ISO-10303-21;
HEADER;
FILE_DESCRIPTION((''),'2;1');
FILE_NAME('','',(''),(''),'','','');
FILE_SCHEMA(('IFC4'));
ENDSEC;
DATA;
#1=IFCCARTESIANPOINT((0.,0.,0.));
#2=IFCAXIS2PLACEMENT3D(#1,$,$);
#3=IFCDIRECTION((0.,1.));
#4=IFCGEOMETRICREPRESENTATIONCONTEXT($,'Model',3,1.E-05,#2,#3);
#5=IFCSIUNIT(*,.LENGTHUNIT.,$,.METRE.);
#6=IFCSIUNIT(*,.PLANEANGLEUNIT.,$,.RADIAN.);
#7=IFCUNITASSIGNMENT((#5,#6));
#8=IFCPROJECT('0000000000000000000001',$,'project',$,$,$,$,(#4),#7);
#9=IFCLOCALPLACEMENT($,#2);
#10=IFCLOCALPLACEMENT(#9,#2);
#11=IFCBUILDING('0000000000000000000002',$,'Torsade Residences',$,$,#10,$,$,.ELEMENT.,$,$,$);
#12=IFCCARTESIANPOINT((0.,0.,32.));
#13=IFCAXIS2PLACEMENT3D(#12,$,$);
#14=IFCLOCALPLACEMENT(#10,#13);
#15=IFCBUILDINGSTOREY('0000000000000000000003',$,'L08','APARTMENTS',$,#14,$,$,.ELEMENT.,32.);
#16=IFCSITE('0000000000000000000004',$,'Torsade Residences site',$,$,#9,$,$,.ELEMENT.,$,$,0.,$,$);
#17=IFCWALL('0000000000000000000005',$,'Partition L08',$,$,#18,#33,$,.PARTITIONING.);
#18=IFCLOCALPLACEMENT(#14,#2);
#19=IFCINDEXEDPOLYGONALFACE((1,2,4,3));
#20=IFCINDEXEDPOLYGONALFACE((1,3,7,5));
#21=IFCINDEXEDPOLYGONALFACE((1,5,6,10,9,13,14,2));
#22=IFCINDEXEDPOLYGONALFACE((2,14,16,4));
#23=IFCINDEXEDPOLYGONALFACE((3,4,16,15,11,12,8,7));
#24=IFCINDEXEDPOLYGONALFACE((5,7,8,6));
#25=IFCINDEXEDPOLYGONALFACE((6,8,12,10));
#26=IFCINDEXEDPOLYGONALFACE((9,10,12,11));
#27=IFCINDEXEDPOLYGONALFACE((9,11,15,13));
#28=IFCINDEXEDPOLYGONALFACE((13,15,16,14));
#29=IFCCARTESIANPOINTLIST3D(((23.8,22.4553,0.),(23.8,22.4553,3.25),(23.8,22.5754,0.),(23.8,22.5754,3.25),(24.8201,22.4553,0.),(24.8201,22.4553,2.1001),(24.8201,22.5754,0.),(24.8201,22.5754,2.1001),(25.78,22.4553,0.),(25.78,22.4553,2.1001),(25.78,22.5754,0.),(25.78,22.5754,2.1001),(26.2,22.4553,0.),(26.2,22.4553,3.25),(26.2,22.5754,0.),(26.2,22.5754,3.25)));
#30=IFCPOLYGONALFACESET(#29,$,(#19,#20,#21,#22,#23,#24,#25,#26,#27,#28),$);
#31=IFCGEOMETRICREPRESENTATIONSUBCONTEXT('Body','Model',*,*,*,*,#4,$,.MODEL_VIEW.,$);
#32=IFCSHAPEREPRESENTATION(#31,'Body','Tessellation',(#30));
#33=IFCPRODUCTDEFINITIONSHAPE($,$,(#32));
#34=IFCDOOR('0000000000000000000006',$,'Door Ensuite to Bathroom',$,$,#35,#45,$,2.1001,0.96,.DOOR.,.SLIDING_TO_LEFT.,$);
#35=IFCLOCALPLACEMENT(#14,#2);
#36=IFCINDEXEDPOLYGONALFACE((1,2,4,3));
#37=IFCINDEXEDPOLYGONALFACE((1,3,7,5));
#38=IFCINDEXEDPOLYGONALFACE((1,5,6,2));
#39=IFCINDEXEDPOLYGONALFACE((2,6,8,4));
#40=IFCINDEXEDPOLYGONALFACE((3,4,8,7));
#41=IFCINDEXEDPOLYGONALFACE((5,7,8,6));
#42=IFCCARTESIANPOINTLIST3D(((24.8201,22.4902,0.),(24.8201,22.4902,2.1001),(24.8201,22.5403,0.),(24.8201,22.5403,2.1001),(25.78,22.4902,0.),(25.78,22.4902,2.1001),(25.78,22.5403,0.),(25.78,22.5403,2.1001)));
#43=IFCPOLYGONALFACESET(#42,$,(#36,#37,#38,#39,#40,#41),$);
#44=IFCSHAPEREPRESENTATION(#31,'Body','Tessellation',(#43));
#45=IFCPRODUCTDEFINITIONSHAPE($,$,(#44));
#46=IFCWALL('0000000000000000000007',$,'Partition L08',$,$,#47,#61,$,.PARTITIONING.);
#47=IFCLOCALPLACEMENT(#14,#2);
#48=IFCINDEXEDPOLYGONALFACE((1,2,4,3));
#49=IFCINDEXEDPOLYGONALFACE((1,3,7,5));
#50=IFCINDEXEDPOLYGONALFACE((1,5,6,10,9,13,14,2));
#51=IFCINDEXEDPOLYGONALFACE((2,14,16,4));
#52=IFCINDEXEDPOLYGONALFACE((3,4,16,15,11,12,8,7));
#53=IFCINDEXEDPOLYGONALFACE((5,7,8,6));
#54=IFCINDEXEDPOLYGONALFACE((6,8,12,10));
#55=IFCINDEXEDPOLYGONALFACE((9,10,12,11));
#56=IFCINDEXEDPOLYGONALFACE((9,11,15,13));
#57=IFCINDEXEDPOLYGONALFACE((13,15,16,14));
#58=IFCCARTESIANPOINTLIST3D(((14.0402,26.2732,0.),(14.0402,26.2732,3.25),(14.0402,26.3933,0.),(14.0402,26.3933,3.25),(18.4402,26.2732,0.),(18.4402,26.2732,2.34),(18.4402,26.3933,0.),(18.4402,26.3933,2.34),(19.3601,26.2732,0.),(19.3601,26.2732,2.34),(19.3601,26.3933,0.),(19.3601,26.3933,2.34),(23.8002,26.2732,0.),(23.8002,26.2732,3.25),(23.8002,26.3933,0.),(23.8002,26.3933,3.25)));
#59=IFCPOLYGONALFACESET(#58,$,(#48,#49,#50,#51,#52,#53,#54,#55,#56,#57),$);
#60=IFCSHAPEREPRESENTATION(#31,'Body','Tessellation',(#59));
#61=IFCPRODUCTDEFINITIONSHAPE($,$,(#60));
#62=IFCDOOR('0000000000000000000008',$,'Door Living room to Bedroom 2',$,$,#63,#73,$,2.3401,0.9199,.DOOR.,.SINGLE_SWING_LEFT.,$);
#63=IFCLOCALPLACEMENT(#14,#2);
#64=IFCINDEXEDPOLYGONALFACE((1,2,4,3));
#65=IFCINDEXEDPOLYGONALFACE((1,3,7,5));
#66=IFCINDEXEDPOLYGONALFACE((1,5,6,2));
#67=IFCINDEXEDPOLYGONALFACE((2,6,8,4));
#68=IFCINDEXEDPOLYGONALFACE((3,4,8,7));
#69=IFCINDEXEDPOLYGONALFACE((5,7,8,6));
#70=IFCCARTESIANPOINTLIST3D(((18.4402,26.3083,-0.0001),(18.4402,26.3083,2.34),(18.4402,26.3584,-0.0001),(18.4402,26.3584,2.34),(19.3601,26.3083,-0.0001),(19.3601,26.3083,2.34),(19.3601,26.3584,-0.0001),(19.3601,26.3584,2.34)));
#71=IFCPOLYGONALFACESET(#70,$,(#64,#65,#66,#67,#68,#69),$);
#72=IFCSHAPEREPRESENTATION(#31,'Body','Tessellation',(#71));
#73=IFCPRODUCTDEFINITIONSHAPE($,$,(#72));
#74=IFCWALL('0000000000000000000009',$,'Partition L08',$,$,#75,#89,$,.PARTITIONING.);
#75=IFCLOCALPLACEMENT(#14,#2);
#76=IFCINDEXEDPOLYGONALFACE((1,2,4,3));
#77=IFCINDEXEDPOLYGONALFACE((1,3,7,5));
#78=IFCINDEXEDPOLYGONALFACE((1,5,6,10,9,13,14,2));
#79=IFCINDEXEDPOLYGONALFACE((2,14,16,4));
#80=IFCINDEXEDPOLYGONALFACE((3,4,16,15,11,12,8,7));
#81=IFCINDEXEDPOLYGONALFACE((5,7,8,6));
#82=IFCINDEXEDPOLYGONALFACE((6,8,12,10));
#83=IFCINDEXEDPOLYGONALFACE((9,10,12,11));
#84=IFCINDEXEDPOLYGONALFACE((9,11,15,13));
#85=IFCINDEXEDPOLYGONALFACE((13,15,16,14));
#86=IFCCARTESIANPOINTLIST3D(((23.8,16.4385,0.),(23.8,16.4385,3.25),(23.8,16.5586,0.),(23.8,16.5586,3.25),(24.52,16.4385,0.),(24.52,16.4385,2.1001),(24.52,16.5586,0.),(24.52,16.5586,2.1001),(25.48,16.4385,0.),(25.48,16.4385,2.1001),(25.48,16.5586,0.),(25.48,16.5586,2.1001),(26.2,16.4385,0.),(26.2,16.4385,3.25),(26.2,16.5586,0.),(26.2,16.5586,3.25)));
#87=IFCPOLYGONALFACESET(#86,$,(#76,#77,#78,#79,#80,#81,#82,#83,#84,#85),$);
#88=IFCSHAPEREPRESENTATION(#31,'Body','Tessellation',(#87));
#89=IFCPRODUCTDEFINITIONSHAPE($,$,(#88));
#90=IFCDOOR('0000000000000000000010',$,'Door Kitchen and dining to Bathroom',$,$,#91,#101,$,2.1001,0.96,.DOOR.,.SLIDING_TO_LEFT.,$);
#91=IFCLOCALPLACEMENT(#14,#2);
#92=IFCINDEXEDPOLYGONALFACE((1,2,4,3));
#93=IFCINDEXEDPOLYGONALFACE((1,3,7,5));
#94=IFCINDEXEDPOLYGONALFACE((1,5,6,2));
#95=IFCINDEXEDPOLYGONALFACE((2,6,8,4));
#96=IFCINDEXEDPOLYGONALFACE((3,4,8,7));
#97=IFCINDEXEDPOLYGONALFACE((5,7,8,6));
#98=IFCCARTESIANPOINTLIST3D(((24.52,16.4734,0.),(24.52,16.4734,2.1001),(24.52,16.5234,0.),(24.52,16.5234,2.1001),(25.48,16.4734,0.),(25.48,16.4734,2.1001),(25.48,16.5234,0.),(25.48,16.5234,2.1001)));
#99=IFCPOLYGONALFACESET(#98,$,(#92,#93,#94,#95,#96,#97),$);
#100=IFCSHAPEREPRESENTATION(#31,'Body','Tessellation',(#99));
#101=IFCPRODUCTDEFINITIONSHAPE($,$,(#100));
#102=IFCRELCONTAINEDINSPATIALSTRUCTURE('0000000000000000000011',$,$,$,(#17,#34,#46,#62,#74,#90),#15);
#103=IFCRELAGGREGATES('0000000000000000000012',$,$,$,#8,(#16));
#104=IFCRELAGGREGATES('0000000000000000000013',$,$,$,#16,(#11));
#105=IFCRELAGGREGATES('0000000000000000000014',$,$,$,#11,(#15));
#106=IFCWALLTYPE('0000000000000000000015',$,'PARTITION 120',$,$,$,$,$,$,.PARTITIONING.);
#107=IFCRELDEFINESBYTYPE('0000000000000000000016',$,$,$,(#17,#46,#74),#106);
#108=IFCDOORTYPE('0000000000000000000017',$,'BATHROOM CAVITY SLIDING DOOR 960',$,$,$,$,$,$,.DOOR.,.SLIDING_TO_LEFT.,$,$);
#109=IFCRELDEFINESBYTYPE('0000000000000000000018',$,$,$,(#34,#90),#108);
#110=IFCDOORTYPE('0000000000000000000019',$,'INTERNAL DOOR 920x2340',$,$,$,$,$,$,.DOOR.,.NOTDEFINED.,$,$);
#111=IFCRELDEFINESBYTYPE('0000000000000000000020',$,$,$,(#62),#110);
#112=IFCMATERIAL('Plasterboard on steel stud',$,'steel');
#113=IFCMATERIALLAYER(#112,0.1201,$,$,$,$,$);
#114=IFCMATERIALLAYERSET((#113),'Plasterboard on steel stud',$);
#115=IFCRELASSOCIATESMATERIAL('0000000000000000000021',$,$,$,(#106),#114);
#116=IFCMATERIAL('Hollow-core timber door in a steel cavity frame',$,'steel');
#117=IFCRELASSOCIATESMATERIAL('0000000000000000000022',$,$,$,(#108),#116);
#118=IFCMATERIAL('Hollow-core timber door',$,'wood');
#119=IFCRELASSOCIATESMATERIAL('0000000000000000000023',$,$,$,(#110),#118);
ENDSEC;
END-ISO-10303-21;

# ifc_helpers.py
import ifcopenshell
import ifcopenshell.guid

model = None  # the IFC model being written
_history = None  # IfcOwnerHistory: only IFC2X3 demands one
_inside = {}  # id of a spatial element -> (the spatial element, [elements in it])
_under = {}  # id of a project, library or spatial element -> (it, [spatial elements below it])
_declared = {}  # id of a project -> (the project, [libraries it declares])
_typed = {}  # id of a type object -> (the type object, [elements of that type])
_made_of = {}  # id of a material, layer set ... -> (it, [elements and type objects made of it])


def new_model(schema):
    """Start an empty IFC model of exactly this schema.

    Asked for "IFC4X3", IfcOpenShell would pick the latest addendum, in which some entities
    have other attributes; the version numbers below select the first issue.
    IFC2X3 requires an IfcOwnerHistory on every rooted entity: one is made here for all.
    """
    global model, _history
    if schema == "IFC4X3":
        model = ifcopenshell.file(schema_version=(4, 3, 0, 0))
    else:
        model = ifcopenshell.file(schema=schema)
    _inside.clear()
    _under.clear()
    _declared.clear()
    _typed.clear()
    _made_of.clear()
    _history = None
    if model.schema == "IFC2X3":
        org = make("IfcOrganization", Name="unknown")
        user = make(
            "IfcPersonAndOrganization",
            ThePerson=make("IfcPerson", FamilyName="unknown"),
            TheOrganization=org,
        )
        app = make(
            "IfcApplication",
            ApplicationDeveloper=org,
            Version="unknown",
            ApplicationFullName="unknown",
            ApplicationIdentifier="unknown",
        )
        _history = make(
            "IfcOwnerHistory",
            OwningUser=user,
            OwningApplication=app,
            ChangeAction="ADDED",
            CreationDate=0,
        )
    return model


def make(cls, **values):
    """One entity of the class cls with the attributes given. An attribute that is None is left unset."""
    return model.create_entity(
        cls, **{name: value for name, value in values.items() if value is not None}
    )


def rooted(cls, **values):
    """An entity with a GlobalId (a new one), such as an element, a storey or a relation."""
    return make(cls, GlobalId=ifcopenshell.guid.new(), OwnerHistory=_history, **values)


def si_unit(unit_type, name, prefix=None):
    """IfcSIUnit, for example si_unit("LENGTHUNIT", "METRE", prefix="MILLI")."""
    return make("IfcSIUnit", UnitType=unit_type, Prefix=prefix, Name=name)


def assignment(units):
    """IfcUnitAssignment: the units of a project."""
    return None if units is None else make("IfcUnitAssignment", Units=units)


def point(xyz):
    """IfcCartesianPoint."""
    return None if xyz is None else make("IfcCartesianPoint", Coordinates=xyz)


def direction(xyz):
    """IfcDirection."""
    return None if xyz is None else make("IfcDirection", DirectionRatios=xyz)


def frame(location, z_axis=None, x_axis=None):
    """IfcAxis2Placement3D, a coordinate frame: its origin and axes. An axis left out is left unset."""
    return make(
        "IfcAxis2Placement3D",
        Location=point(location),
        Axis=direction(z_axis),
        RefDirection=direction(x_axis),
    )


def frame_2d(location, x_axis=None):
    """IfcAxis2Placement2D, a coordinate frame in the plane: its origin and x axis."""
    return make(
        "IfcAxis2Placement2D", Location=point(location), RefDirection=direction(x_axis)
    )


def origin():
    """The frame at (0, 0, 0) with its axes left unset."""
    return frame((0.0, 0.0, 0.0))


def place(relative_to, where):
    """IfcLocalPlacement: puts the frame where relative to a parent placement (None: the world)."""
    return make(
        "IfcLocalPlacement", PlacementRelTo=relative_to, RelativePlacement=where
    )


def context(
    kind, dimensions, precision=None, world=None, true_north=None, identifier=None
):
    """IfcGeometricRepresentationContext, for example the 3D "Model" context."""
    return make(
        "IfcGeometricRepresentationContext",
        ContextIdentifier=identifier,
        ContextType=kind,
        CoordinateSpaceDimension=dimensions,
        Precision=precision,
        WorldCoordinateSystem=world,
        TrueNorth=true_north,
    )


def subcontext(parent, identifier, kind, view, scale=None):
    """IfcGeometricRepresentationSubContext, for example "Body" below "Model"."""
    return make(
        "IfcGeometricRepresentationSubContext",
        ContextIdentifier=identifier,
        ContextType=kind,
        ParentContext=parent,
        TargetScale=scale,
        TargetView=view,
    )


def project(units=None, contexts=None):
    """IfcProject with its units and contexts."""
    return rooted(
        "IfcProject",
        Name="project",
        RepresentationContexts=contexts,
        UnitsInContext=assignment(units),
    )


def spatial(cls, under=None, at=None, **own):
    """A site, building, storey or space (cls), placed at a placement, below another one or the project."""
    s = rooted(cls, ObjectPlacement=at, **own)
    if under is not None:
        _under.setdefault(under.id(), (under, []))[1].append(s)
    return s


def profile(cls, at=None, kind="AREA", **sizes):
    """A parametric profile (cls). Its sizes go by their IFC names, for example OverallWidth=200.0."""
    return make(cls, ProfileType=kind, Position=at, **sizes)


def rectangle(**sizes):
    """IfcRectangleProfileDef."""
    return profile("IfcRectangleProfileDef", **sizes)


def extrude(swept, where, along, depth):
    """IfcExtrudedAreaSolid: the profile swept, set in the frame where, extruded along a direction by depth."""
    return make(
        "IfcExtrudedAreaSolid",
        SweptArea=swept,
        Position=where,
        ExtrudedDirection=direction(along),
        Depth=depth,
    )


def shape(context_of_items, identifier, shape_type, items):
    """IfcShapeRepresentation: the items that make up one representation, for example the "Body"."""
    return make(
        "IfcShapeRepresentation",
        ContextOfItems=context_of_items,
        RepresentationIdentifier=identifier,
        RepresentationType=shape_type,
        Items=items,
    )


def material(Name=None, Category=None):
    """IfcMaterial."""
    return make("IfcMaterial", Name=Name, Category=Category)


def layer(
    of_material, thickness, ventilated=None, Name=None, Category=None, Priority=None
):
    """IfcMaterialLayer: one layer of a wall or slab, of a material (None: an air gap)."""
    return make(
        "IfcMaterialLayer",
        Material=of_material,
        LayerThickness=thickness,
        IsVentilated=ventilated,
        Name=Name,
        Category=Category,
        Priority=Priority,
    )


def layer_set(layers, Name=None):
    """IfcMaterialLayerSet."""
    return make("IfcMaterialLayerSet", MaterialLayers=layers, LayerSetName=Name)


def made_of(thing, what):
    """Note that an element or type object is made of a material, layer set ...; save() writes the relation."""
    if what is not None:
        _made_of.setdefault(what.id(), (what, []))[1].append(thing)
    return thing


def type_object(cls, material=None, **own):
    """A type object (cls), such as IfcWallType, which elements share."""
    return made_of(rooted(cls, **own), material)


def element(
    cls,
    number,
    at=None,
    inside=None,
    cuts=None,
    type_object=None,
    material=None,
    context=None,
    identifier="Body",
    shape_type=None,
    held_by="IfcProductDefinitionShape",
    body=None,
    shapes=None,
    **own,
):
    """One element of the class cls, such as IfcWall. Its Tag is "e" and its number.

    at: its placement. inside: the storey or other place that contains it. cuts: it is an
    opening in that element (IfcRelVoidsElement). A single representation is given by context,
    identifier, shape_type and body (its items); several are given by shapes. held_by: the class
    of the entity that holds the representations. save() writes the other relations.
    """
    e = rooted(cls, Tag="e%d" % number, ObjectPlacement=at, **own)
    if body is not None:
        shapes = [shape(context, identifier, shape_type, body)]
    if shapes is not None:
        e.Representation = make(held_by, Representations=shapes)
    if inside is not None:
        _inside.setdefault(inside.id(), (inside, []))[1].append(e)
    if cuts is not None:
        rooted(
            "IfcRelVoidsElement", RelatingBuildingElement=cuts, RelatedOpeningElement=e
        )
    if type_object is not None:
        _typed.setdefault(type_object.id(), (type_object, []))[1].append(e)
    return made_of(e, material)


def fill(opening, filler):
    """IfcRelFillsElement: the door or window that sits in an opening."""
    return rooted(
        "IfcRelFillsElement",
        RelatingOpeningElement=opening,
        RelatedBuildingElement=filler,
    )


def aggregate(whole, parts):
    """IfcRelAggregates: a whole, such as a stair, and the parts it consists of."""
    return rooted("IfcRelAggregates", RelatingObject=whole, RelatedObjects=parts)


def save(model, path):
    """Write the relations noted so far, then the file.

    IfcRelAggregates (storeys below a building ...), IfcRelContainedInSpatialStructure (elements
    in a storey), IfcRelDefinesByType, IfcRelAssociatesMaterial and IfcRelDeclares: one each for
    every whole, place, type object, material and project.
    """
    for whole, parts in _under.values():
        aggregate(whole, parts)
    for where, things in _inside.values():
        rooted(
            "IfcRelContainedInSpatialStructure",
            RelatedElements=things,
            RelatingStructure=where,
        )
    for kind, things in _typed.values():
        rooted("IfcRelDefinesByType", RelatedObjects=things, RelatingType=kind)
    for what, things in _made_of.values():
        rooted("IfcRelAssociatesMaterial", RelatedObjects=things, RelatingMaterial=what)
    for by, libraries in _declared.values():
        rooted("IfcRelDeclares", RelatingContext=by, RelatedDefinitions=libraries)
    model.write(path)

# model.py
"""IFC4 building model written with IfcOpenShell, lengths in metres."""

from ifc_helpers import new_model, si_unit, direction, frame, frame_2d, origin, place, context, subcontext, project, spatial, rectangle, extrude, material, layer, layer_set, type_object, element, fill, save


model = new_model("IFC4")

# Units and contexts
model_context = context("Model", 3, precision=1e-05, world=origin(), true_north=direction((0.0, 1.0)))
body_context = subcontext(model_context, "Body", "Model", "MODEL_VIEW")
ifc_project = project(units=[si_unit("LENGTHUNIT", "METRE"), si_unit("PLANEANGLEUNIT", "RADIAN")], contexts=[model_context])

# Site, building, storey
site_placement = place(None, origin())
site = spatial("IfcSite", under=ifc_project, at=site_placement, Name="Torsade Residences site", CompositionType="ELEMENT", RefElevation=0.0)
building_placement = place(site_placement, origin())
building = spatial("IfcBuilding", under=site, at=building_placement, Name="Torsade Residences", CompositionType="ELEMENT")
storey_placement = place(building_placement, frame((0.0, 0.0, 32.0)))
storey = spatial("IfcBuildingStorey", under=building, at=storey_placement, Name="L08", Description="APARTMENTS", CompositionType="ELEMENT", Elevation=32.0)

# Walls, openings, doors
ifc_material_1 = material(Name="Plasterboard on steel stud", Category="steel")
ifc_layer_1 = layer(ifc_material_1, 0.1201)
ifc_layer_set_1 = layer_set([ifc_layer_1], Name="Plasterboard on steel stud")
wall_type_1 = type_object("IfcWallType", Name="PARTITION 120", PredefinedType="PARTITIONING", material=ifc_layer_set_1)
ifc_material_2 = material(Name="Hollow-core timber door in a steel cavity frame", Category="steel")
door_type_1 = type_object("IfcDoorType", Name="BATHROOM CAVITY SLIDING DOOR 960", OperationType="SLIDING_TO_LEFT", PredefinedType="DOOR", material=ifc_material_2)
wall_1_placement = place(storey_placement, frame((23.8, 22.5154, 0.0), z_axis=(0.0, 0.0, 1.0), x_axis=(1.0, 0.0, 0.0)))
wall_1 = element("IfcWall", 1, at=wall_1_placement, inside=storey, type_object=wall_type_1, Name="Partition L08", PredefinedType="PARTITIONING", context=body_context, shape_type="SweptSolid", body=[
    extrude(rectangle(XDim=2.3999, YDim=0.1201, at=frame_2d((1.2, 0.0))), origin(), (0.0, 0.0, 1.0), 3.25),
])
opening_1_placement = place(wall_1_placement, frame((1.02, 0.0, 0.0)))
opening_1 = element("IfcOpeningElement", 2, at=opening_1_placement, cuts=wall_1, PredefinedType="OPENING", context=body_context, shape_type="SweptSolid", body=[
    extrude(rectangle(XDim=0.96, YDim=2.1001, at=frame_2d((0.48, 1.05))), frame((0.0, 0.0701, 0.0), z_axis=(0.0, -1.0, 0.0), x_axis=(1.0, 0.0, 0.0)), (0.0, 0.0, 1.0), 0.1401),
])
door_1_placement = place(opening_1_placement, origin())
door_1 = element("IfcDoor", 3, at=door_1_placement, inside=storey, type_object=door_type_1, Name="Door Ensuite to Bathroom", OperationType="SLIDING_TO_LEFT", OverallHeight=2.1001, OverallWidth=0.96, PredefinedType="DOOR", context=body_context, shape_type="SweptSolid", body=[
    extrude(rectangle(XDim=0.96, YDim=2.1001, at=frame_2d((0.48, 1.05))), frame((0.0, 0.0249, 0.0), z_axis=(0.0, -1.0, 0.0), x_axis=(1.0, 0.0, 0.0)), (0.0, 0.0, 1.0), 0.05),
])
fill(opening_1, door_1)
wall_2_placement = place(storey_placement, frame((23.8, 26.3333, 0.0), z_axis=(0.0, 0.0, 1.0), x_axis=(-1.0, 0.0, 0.0)))
wall_2 = element("IfcWall", 4, at=wall_2_placement, inside=storey, type_object=wall_type_1, Name="Partition L08", PredefinedType="PARTITIONING", context=body_context, shape_type="SweptSolid", body=[
    extrude(rectangle(XDim=9.76, YDim=0.1201, at=frame_2d((4.8799, 0.0))), origin(), (0.0, 0.0, 1.0), 3.25),
])
opening_2_placement = place(wall_2_placement, frame((4.4399, 0.0, 0.0)))
opening_2 = element("IfcOpeningElement", 5, at=opening_2_placement, cuts=wall_2, PredefinedType="OPENING", context=body_context, shape_type="SweptSolid", body=[
    extrude(rectangle(XDim=0.9199, YDim=2.3401, at=frame_2d((0.46, 1.1699))), frame((0.0, 0.0701, 0.0), z_axis=(0.0, -1.0, 0.0), x_axis=(1.0, 0.0, 0.0)), (0.0, 0.0, 1.0), 0.1401),
])
ifc_material_3 = material(Name="Hollow-core timber door", Category="wood")
door_type_2 = type_object("IfcDoorType", Name="INTERNAL DOOR 920x2340", OperationType="NOTDEFINED", PredefinedType="DOOR", material=ifc_material_3)
door_2_placement = place(opening_2_placement, origin())
door_2 = element("IfcDoor", 6, at=door_2_placement, inside=storey, type_object=door_type_2, Name="Door Living room to Bedroom 2", OperationType="SINGLE_SWING_LEFT", OverallHeight=2.3401, OverallWidth=0.9199, PredefinedType="DOOR", context=body_context, shape_type="SweptSolid", body=[
    extrude(rectangle(XDim=0.9199, YDim=2.3401, at=frame_2d((0.46, 1.1699))), frame((0.0, 0.0249, 0.0), z_axis=(0.0, -1.0, 0.0), x_axis=(1.0, 0.0, 0.0)), (0.0, 0.0, 1.0), 0.05),
])
fill(opening_2, door_2)
wall_3_placement = place(storey_placement, frame((23.8, 16.4985, 0.0), z_axis=(0.0, 0.0, 1.0), x_axis=(1.0, 0.0, 0.0)))
wall_3 = element("IfcWall", 7, at=wall_3_placement, inside=storey, type_object=wall_type_1, Name="Partition L08", PredefinedType="PARTITIONING", context=body_context, shape_type="SweptSolid", body=[
    extrude(rectangle(XDim=2.3999, YDim=0.1201, at=frame_2d((1.2, 0.0))), origin(), (0.0, 0.0, 1.0), 3.25),
])
opening_3_placement = place(wall_3_placement, frame((0.72, 0.0, 0.0)))
opening_3 = element("IfcOpeningElement", 8, at=opening_3_placement, cuts=wall_3, PredefinedType="OPENING", context=body_context, shape_type="SweptSolid", body=[
    extrude(rectangle(XDim=0.96, YDim=2.1001, at=frame_2d((0.48, 1.05))), frame((0.0, 0.0701, 0.0), z_axis=(0.0, -1.0, 0.0), x_axis=(1.0, 0.0, 0.0)), (0.0, 0.0, 1.0), 0.1401),
])
door_3_placement = place(opening_3_placement, origin())
door_3 = element("IfcDoor", 9, at=door_3_placement, inside=storey, type_object=door_type_1, Name="Door Kitchen and dining to Bathroom", OperationType="SLIDING_TO_LEFT", OverallHeight=2.1001, OverallWidth=0.96, PredefinedType="DOOR", context=body_context, shape_type="SweptSolid", body=[
    extrude(rectangle(XDim=0.96, YDim=2.1001, at=frame_2d((0.48, 1.05))), frame((0.0, 0.0249, 0.0), z_axis=(0.0, -1.0, 0.0), x_axis=(1.0, 0.0, 0.0)), (0.0, 0.0, 1.0), 0.05),
])
fill(opening_3, door_3)

save(model, "model.ifc")
